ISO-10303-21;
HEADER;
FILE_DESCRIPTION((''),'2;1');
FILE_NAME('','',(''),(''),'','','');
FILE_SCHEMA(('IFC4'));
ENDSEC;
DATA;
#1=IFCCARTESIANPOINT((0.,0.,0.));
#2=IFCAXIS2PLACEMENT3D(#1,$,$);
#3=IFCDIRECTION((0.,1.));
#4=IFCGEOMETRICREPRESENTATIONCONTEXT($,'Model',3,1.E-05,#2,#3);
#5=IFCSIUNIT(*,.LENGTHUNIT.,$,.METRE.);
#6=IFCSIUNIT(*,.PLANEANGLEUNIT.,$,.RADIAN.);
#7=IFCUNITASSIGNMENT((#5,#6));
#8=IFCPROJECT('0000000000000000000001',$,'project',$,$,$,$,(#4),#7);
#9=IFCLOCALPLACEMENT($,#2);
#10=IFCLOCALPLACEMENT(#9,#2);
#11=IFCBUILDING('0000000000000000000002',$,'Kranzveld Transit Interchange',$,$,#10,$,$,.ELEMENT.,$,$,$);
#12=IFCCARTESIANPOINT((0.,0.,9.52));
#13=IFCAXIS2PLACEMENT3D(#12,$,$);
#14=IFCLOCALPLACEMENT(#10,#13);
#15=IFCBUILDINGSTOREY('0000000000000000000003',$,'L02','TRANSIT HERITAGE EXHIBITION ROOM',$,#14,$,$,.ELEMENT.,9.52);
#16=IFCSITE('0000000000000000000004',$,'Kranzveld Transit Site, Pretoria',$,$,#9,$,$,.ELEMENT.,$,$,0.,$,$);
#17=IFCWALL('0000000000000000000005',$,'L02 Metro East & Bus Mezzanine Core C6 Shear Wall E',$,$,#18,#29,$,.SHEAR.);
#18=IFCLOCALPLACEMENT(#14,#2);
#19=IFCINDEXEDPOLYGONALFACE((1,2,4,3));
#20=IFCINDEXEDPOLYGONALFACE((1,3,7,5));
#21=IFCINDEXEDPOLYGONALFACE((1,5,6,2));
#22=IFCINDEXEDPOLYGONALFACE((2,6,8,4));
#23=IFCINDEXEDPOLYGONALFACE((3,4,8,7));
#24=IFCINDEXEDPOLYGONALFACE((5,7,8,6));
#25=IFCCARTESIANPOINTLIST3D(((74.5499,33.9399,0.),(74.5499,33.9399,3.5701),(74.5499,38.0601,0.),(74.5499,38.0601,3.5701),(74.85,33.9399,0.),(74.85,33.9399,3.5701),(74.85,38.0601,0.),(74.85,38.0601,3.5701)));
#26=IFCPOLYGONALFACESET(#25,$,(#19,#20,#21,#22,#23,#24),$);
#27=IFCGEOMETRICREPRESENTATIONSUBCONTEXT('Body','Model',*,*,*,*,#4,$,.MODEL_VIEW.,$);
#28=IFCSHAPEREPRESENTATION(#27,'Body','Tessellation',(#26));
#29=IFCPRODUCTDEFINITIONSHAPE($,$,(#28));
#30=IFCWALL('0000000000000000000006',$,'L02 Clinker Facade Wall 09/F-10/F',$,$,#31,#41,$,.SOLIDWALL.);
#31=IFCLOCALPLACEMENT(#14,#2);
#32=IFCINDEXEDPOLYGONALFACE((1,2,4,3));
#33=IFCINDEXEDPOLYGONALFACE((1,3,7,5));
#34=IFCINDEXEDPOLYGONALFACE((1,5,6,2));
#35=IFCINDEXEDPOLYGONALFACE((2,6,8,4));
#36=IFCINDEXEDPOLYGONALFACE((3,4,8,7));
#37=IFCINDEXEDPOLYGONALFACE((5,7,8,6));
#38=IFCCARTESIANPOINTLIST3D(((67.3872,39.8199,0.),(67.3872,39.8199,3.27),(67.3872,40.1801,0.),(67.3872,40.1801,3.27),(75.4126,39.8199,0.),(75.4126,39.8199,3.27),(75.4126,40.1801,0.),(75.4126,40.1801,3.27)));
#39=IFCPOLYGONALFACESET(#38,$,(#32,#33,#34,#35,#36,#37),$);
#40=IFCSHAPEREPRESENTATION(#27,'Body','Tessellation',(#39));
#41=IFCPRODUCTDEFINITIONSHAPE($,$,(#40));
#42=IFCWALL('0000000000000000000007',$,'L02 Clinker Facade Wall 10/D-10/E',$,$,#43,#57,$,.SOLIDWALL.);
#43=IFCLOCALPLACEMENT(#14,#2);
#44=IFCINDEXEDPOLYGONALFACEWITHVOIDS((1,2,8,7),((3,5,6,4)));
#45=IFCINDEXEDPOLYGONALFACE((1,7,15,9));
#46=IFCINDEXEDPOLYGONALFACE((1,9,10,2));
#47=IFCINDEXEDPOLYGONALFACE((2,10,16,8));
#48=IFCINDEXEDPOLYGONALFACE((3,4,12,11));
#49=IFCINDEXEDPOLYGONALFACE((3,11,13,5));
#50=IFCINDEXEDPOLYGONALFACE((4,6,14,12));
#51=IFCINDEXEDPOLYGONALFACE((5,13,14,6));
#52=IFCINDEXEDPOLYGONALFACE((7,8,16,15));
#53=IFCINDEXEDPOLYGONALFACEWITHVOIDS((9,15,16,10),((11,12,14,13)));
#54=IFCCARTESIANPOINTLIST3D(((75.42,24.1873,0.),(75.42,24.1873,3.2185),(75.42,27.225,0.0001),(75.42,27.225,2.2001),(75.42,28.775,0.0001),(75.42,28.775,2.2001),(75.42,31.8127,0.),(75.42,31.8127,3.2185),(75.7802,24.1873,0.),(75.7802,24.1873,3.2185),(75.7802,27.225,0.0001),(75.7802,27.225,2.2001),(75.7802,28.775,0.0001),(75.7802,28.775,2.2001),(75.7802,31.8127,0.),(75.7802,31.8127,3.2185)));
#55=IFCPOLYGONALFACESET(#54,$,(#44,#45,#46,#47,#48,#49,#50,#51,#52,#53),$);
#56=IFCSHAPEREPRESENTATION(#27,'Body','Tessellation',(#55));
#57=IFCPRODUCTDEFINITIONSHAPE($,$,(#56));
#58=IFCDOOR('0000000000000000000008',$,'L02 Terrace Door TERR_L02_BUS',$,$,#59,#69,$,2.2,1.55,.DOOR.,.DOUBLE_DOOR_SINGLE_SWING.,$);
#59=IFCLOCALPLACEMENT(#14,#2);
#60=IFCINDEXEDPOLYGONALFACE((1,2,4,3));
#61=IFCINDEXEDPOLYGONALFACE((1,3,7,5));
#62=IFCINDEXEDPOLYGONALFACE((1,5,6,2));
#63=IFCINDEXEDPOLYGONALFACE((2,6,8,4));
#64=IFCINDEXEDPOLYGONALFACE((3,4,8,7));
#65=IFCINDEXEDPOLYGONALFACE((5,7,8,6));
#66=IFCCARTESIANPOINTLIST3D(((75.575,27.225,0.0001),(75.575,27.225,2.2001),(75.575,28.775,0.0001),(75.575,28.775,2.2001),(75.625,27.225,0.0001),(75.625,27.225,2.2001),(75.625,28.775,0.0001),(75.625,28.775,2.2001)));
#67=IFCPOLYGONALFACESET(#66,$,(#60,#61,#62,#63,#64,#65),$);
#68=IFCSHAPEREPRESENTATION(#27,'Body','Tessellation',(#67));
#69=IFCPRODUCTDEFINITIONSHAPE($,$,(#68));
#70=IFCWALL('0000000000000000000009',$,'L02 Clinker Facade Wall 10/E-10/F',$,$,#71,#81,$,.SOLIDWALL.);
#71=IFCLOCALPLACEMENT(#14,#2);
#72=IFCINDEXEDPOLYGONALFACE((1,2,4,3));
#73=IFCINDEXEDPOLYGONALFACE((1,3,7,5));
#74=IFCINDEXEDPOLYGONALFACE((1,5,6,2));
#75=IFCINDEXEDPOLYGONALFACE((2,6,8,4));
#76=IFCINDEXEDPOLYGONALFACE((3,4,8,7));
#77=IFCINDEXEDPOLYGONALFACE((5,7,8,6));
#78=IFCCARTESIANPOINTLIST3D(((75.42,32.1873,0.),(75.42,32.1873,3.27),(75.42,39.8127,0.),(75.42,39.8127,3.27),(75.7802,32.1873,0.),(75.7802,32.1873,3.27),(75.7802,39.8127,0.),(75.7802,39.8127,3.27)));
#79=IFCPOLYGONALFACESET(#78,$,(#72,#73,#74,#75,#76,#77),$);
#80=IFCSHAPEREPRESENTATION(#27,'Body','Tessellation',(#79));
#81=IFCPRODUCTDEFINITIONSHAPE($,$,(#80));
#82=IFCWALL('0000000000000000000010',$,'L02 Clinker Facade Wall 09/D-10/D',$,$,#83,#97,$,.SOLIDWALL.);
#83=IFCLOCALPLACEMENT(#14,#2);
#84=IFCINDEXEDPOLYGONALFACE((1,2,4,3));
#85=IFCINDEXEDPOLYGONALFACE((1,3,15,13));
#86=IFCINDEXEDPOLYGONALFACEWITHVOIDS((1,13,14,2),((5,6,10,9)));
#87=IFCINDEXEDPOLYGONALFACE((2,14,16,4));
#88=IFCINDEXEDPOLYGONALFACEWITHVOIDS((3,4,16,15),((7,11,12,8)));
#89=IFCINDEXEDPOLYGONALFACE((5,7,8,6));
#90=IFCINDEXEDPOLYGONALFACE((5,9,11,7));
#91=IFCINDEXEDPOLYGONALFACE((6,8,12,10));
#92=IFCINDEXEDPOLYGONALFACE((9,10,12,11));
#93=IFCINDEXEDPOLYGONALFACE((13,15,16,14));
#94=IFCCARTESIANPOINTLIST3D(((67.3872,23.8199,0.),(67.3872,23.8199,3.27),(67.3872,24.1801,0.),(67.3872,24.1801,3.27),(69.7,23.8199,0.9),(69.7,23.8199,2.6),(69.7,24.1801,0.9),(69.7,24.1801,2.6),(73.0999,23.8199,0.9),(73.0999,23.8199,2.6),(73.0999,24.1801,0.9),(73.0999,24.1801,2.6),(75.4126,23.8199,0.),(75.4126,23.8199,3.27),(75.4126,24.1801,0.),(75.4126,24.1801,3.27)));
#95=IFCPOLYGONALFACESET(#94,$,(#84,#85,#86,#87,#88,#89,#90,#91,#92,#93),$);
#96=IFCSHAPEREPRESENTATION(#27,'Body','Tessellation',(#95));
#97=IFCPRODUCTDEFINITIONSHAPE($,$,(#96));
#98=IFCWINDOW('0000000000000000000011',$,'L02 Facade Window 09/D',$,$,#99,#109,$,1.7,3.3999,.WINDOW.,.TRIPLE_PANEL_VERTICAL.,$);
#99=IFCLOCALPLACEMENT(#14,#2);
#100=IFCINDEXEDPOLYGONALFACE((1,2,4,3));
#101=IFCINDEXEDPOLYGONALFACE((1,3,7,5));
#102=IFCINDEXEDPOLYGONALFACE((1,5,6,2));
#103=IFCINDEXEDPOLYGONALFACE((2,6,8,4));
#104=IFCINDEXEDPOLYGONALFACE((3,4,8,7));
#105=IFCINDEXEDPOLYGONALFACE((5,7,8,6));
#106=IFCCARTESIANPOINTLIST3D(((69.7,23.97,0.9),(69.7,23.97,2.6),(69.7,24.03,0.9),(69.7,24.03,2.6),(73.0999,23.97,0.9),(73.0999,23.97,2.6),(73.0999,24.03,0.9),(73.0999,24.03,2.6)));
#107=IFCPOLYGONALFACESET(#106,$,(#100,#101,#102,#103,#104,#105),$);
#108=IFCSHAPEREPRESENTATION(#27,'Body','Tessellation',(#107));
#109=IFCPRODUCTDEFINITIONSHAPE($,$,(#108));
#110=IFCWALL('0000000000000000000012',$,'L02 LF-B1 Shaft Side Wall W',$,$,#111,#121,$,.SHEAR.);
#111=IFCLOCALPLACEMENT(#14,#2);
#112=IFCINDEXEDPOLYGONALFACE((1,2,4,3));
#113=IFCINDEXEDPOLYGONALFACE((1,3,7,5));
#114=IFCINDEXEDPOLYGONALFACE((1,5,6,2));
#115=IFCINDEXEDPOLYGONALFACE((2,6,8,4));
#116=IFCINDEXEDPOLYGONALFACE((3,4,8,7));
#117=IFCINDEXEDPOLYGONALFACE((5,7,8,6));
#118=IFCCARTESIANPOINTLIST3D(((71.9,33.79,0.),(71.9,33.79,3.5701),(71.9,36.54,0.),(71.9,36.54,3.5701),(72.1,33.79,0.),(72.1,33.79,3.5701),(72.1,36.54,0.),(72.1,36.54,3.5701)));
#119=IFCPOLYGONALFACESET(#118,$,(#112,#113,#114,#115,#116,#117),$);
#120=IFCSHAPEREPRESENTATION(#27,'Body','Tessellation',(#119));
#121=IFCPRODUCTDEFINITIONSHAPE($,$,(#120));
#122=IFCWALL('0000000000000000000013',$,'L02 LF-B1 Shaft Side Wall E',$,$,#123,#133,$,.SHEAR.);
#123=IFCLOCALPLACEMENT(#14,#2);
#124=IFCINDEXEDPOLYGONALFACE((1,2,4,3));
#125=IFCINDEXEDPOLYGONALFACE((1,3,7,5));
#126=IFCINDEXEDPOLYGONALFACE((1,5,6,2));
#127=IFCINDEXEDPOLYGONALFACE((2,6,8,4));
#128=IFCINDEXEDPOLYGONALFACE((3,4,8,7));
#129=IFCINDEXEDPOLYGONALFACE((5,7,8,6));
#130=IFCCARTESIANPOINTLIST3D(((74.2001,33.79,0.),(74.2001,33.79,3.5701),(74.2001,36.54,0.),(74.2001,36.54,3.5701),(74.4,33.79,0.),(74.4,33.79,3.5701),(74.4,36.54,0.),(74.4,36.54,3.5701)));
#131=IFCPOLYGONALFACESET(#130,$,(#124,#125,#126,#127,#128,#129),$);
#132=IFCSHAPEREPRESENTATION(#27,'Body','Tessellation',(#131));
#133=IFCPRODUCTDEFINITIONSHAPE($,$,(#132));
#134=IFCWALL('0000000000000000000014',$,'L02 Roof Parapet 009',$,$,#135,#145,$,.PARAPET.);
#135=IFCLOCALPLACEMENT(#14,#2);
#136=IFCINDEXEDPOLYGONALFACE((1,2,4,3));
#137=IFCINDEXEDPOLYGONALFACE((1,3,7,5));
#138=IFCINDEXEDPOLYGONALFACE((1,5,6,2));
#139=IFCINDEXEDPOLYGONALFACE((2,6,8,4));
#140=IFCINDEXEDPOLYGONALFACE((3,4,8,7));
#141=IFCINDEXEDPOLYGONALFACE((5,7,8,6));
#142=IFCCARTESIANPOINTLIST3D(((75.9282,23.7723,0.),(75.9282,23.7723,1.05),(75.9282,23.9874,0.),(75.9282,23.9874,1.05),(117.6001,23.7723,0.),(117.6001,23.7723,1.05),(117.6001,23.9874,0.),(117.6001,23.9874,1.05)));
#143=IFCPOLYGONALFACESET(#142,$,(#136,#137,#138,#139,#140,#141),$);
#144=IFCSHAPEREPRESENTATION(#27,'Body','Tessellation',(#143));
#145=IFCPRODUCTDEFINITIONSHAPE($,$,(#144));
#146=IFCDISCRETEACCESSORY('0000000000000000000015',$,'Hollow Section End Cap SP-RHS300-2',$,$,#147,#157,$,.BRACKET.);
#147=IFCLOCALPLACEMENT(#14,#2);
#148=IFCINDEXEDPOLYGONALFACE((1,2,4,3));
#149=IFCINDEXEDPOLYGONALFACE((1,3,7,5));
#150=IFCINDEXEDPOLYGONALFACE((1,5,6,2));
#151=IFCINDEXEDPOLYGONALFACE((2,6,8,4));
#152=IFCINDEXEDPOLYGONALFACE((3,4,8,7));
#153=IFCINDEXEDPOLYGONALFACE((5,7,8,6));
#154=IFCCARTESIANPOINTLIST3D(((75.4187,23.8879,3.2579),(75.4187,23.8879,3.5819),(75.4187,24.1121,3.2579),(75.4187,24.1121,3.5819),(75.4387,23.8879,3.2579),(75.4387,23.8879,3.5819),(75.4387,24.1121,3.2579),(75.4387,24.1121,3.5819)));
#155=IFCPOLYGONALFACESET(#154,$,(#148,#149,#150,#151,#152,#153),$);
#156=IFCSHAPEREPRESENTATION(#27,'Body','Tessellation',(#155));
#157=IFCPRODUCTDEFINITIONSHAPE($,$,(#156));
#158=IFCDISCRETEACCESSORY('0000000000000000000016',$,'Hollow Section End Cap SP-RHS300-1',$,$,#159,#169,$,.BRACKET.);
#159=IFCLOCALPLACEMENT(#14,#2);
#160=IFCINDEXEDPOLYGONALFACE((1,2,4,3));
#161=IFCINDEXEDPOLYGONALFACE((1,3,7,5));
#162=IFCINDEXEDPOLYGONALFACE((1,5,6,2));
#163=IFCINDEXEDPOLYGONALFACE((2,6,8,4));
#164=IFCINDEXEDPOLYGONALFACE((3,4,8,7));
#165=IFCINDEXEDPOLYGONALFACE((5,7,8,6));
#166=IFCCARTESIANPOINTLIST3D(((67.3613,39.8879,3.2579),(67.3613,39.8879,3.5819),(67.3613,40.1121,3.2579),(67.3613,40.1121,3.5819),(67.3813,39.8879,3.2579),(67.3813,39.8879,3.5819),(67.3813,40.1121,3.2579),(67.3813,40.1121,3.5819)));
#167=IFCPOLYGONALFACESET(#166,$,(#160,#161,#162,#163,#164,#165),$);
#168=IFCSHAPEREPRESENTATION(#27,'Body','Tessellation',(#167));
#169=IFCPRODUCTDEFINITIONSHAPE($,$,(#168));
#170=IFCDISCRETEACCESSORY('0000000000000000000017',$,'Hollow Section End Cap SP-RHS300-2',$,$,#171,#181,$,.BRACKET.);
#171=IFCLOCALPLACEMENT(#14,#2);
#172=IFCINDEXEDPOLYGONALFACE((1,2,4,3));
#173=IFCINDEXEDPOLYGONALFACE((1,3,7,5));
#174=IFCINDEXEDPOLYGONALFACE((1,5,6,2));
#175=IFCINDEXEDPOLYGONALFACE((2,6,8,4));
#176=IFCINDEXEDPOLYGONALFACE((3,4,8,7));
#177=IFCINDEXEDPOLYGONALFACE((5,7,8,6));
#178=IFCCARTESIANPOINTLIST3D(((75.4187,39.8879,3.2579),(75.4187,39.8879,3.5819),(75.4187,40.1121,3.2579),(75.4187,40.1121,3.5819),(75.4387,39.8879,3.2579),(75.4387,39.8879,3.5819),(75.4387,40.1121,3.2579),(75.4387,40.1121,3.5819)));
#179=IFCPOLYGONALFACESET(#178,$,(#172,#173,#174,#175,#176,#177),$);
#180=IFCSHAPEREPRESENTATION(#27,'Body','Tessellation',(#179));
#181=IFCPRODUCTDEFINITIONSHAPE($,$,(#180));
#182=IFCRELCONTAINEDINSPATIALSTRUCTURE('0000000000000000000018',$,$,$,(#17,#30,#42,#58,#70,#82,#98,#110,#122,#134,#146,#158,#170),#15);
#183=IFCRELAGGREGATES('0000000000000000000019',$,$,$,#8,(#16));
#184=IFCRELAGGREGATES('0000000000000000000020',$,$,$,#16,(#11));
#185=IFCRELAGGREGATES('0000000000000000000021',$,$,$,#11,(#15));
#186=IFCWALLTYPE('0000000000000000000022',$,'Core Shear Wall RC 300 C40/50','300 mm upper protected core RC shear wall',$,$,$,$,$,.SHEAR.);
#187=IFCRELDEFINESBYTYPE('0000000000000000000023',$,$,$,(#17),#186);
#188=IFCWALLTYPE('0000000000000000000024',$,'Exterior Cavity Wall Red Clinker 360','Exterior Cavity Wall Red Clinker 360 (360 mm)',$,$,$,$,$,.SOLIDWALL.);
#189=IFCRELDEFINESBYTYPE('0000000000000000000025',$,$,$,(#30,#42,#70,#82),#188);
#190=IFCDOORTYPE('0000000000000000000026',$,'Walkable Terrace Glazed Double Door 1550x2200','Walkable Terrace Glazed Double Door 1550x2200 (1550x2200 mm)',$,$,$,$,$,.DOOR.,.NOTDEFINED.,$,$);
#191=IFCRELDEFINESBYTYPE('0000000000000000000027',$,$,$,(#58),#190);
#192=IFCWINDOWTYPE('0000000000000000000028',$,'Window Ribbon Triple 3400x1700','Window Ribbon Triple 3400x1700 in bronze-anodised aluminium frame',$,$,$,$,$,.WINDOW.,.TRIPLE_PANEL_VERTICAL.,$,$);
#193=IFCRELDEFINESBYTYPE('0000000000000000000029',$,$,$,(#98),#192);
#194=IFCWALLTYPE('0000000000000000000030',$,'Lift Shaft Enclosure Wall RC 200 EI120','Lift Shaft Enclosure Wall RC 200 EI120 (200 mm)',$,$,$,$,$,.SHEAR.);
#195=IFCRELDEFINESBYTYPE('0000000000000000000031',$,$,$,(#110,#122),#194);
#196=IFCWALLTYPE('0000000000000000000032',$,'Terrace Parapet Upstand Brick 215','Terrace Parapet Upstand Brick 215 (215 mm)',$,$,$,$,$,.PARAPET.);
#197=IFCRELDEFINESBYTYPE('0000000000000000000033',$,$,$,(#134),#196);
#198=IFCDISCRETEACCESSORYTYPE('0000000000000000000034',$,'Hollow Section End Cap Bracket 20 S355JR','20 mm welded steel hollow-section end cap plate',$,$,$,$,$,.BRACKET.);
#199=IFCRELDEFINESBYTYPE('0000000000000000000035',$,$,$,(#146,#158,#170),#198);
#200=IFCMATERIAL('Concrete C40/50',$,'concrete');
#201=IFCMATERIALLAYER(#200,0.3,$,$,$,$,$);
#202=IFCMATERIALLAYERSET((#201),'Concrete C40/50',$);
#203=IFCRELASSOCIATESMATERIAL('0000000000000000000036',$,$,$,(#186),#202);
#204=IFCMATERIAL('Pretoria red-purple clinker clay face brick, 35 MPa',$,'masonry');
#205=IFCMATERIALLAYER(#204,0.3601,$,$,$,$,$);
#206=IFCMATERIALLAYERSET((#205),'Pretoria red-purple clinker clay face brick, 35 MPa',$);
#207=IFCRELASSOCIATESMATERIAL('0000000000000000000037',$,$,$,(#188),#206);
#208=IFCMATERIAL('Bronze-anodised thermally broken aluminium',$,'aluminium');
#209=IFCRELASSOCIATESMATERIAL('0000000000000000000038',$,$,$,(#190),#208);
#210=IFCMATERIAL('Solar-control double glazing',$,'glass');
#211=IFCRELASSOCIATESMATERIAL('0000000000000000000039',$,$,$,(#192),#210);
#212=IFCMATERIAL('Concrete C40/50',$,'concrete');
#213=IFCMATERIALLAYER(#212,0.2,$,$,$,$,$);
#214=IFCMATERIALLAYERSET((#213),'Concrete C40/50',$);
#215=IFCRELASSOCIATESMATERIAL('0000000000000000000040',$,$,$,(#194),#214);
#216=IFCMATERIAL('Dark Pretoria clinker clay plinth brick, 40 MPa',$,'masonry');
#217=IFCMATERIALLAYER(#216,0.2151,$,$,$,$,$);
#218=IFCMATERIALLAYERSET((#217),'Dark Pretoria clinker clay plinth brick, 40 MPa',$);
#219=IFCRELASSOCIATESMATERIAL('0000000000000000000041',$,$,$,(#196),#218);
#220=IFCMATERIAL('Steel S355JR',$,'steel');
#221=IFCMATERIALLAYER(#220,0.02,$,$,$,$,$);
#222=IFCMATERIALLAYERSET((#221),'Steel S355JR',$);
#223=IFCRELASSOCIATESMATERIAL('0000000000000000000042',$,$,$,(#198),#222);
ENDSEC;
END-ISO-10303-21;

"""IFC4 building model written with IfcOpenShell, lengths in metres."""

from ifc_helpers import new_model, si_unit, direction, frame, frame_2d, origin, origin_2d, place, context, subcontext, project, spatial, rectangle, extrude, material, layer, layer_set, type_object, element, fill, save


model = new_model("IFC4")

# Units and contexts
model_context = context("Model", 3, precision=1e-05, world=origin(), true_north=direction((0.0, 1.0)))
body_context = subcontext(model_context, "Body", "Model", "MODEL_VIEW")
ifc_project = project(units=[si_unit("LENGTHUNIT", "METRE"), si_unit("PLANEANGLEUNIT", "RADIAN")], contexts=[model_context])

# Site, building, storey
site_placement = place(None, origin())
site = spatial("IfcSite", under=ifc_project, at=site_placement, Name="Kranzveld Transit Site, Pretoria", CompositionType="ELEMENT", RefElevation=0.0)
building_placement = place(site_placement, origin())
building = spatial("IfcBuilding", under=site, at=building_placement, Name="Kranzveld Transit Interchange", CompositionType="ELEMENT")
storey_placement = place(building_placement, frame((0.0, 0.0, 9.52)))
storey = spatial("IfcBuildingStorey", under=building, at=storey_placement, Name="L02", Description="TRANSIT HERITAGE EXHIBITION ROOM", CompositionType="ELEMENT", Elevation=9.52)

# Walls
ifc_material_1 = material(Name="Concrete C40/50", Category="concrete")
ifc_layer_1 = layer(ifc_material_1, 0.3)
ifc_layer_set_1 = layer_set([ifc_layer_1], Name="Concrete C40/50")
wall_type_1 = type_object("IfcWallType", Name="Core Shear Wall RC 300 C40/50", Description="300 mm upper protected core RC shear wall", PredefinedType="SHEAR", material=ifc_layer_set_1)
wall_1_placement = place(storey_placement, frame((74.7, 33.9399, 0.0), z_axis=(0.0, 0.0, 1.0), x_axis=(0.0, 1.0, 0.0)))
element("IfcWall", 1, at=wall_1_placement, inside=storey, type_object=wall_type_1, Name="L02 Metro East & Bus Mezzanine Core C6 Shear Wall E", PredefinedType="SHEAR", context=body_context, shape_type="SweptSolid", body=[
    extrude(rectangle(XDim=4.1201, YDim=0.3, at=frame_2d((2.0601, 0.0))), origin(), (0.0, 0.0, 1.0), 3.5701),
])
ifc_material_2 = material(Name="Pretoria red-purple clinker clay face brick, 35 MPa", Category="masonry")
ifc_layer_2 = layer(ifc_material_2, 0.3601)
ifc_layer_set_2 = layer_set([ifc_layer_2], Name="Pretoria red-purple clinker clay face brick, 35 MPa")
wall_type_2 = type_object("IfcWallType", Name="Exterior Cavity Wall Red Clinker 360", Description="Exterior Cavity Wall Red Clinker 360 (360 mm)", PredefinedType="SOLIDWALL", material=ifc_layer_set_2)
wall_2_placement = place(storey_placement, frame((67.3872, 40.0, 0.0), z_axis=(0.0, 0.0, 1.0), x_axis=(1.0, 0.0, 0.0)))
element("IfcWall", 2, at=wall_2_placement, inside=storey, type_object=wall_type_2, Name="L02 Clinker Facade Wall 09/F-10/F", PredefinedType="SOLIDWALL", context=body_context, shape_type="SweptSolid", body=[
    extrude(rectangle(XDim=8.0254, YDim=0.3601, at=frame_2d((4.0127, 0.0))), origin(), (0.0, 0.0, 1.0), 3.27),
])

# Wall, opening, door
wall_3_placement = place(storey_placement, frame((75.6001, 24.1873, 0.0), z_axis=(0.0, 0.0, 1.0), x_axis=(0.0, 1.0, 0.0)))
wall_3 = element("IfcWall", 3, at=wall_3_placement, inside=storey, type_object=wall_type_2, Name="L02 Clinker Facade Wall 10/D-10/E", PredefinedType="SOLIDWALL", context=body_context, shape_type="SweptSolid", body=[
    extrude(rectangle(XDim=7.6255, YDim=0.3601, at=frame_2d((3.8127, 0.0))), origin(), (0.0, 0.0, 1.0), 3.2185),
])
opening_1_placement = place(wall_3_placement, frame((4.5876, 0.0, 0.0), z_axis=(0.0, 0.0, 1.0), x_axis=(-1.0, 0.0, 0.0)))
opening_1 = element("IfcOpeningElement", 4, at=opening_1_placement, cuts=wall_3, PredefinedType="OPENING", context=body_context, shape_type="SweptSolid", body=[
    extrude(rectangle(XDim=1.55, YDim=2.2, at=frame_2d((0.7749, 1.1001))), frame((0.0, 0.1899, 0.0), z_axis=(0.0, -1.0, 0.0), x_axis=(1.0, 0.0, 0.0)), (0.0, 0.0, 1.0), 0.3801),
])
ifc_material_3 = material(Name="Bronze-anodised thermally broken aluminium", Category="aluminium")
door_type_1 = type_object("IfcDoorType", Name="Walkable Terrace Glazed Double Door 1550x2200", Description="Walkable Terrace Glazed Double Door 1550x2200 (1550x2200 mm)", OperationType="NOTDEFINED", PredefinedType="DOOR", material=ifc_material_3)
door_1_placement = place(opening_1_placement, origin())
door_1 = element("IfcDoor", 5, at=door_1_placement, inside=storey, type_object=door_type_1, Name="L02 Terrace Door TERR_L02_BUS", OperationType="DOUBLE_DOOR_SINGLE_SWING", OverallHeight=2.2, OverallWidth=1.55, PredefinedType="DOOR", context=body_context, shape_type="SweptSolid", body=[
    extrude(rectangle(XDim=1.55, YDim=2.2, at=frame_2d((0.7749, 1.1001))), frame((0.0, 0.0249, 0.0), z_axis=(0.0, -1.0, 0.0), x_axis=(1.0, 0.0, 0.0)), (0.0, 0.0, 1.0), 0.05),
])
fill(opening_1, door_1)

# Wall
wall_4_placement = place(storey_placement, frame((75.6001, 32.1873, 0.0), z_axis=(0.0, 0.0, 1.0), x_axis=(0.0, 1.0, 0.0)))
element("IfcWall", 6, at=wall_4_placement, inside=storey, type_object=wall_type_2, Name="L02 Clinker Facade Wall 10/E-10/F", PredefinedType="SOLIDWALL", context=body_context, shape_type="SweptSolid", body=[
    extrude(rectangle(XDim=7.6255, YDim=0.3601, at=frame_2d((3.8127, 0.0))), origin(), (0.0, 0.0, 1.0), 3.27),
])

# Wall, opening, window
wall_5_placement = place(storey_placement, frame((67.3872, 24.0, 0.0), z_axis=(0.0, 0.0, 1.0), x_axis=(1.0, 0.0, 0.0)))
wall_5 = element("IfcWall", 7, at=wall_5_placement, inside=storey, type_object=wall_type_2, Name="L02 Clinker Facade Wall 09/D-10/D", PredefinedType="SOLIDWALL", context=body_context, shape_type="SweptSolid", body=[
    extrude(rectangle(XDim=8.0254, YDim=0.3601, at=frame_2d((4.0127, 0.0))), origin(), (0.0, 0.0, 1.0), 3.27),
])
opening_2_placement = place(wall_5_placement, frame((2.3127, 0.0, 0.8999), z_axis=(0.0, 0.0, 1.0), x_axis=(1.0, 0.0, 0.0)))
opening_2 = element("IfcOpeningElement", 8, at=opening_2_placement, cuts=wall_5, PredefinedType="OPENING", context=body_context, shape_type="SweptSolid", body=[
    extrude(rectangle(XDim=3.3999, YDim=1.7, at=frame_2d((1.7, 0.8501))), frame((0.0, 0.1899, 0.0), z_axis=(0.0, -1.0, 0.0), x_axis=(1.0, 0.0, 0.0)), (0.0, 0.0, 1.0), 0.3801),
])
ifc_material_4 = material(Name="Solar-control double glazing", Category="glass")
window_type = type_object("IfcWindowType", Name="Window Ribbon Triple 3400x1700", Description="Window Ribbon Triple 3400x1700 in bronze-anodised aluminium frame", PartitioningType="TRIPLE_PANEL_VERTICAL", PredefinedType="WINDOW", material=ifc_material_4)
window_placement = place(opening_2_placement, origin())
window = element("IfcWindow", 9, at=window_placement, inside=storey, type_object=window_type, Name="L02 Facade Window 09/D", OverallHeight=1.7, OverallWidth=3.3999, PartitioningType="TRIPLE_PANEL_VERTICAL", PredefinedType="WINDOW", context=body_context, shape_type="SweptSolid", body=[
    extrude(rectangle(XDim=3.3999, YDim=1.7, at=frame_2d((1.7, 0.8501))), frame((0.0, 0.03, 0.0), z_axis=(0.0, -1.0, 0.0), x_axis=(1.0, 0.0, 0.0)), (0.0, 0.0, 1.0), 0.0601),
])
fill(opening_2, window)

# Shared definitions
ifc_material_5 = material(Name="Concrete C40/50", Category="concrete")
ifc_layer_3 = layer(ifc_material_5, 0.2)
ifc_layer_set_3 = layer_set([ifc_layer_3], Name="Concrete C40/50")
wall_type_3 = type_object("IfcWallType", Name="Lift Shaft Enclosure Wall RC 200 EI120", Description="Lift Shaft Enclosure Wall RC 200 EI120 (200 mm)", PredefinedType="SHEAR", material=ifc_layer_set_3)

# Walls
for number, where, z_axis, x_axis, name in (
    (10, (72.0, 33.79, 0.0), (0.0, 0.0, 1.0), (0.0, 1.0, 0.0), "L02 LF-B1 Shaft Side Wall W"),
    (11, (74.3, 33.79, 0.0), (0.0, 0.0, 1.0), (0.0, 1.0, 0.0), "L02 LF-B1 Shaft Side Wall E"),
):
    element("IfcWall", number, at=place(storey_placement, frame(where, z_axis=z_axis, x_axis=x_axis)), inside=storey, type_object=wall_type_3, Name=name, PredefinedType="SHEAR", context=body_context, shape_type="SweptSolid", body=[
        extrude(rectangle(XDim=2.75, YDim=0.2, at=frame_2d((1.375, 0.0))), origin(), (0.0, 0.0, 1.0), 3.5701),
    ])
ifc_material_6 = material(Name="Dark Pretoria clinker clay plinth brick, 40 MPa", Category="masonry")
ifc_layer_4 = layer(ifc_material_6, 0.2151)
ifc_layer_set_4 = layer_set([ifc_layer_4], Name="Dark Pretoria clinker clay plinth brick, 40 MPa")
wall_type_4 = type_object("IfcWallType", Name="Terrace Parapet Upstand Brick 215", Description="Terrace Parapet Upstand Brick 215 (215 mm)", PredefinedType="PARAPET", material=ifc_layer_set_4)
wall_6_placement = place(storey_placement, frame((75.9282, 23.8799, 0.0), z_axis=(0.0, 0.0, 1.0), x_axis=(1.0, 0.0, 0.0)))
element("IfcWall", 12, at=wall_6_placement, inside=storey, type_object=wall_type_4, Name="L02 Roof Parapet 009", PredefinedType="PARAPET", context=body_context, shape_type="SweptSolid", body=[
    extrude(rectangle(XDim=41.6719, YDim=0.2151, at=frame_2d((20.8359, 0.0))), origin(), (0.0, 0.0, 1.0), 1.05),
])

# Discrete accessories
ifc_material_7 = material(Name="Steel S355JR", Category="steel")
ifc_layer_5 = layer(ifc_material_7, 0.02)
ifc_layer_set_5 = layer_set([ifc_layer_5], Name="Steel S355JR")
discrete_accessory_type = type_object("IfcDiscreteAccessoryType", Name="Hollow Section End Cap Bracket 20 S355JR", Description="20 mm welded steel hollow-section end cap plate", PredefinedType="BRACKET", material=ifc_layer_set_5)
for number, where, z_axis, x_axis, name in (
    (13, (75.4187, 24.0, 3.4199), (1.0, 0.0, 0.0), (0.0, 1.0, 0.0), "Hollow Section End Cap SP-RHS300-2"),
    (14, (67.3813, 40.0, 3.4199), (-1.0, 0.0, 0.0), (0.0, -1.0, 0.0), "Hollow Section End Cap SP-RHS300-1"),
    (15, (75.4187, 40.0, 3.4199), (1.0, 0.0, 0.0), (0.0, 1.0, 0.0), "Hollow Section End Cap SP-RHS300-2"),
):
    element("IfcDiscreteAccessory", number, at=place(storey_placement, frame(where, z_axis=z_axis, x_axis=x_axis)), inside=storey, type_object=discrete_accessory_type, Name=name, PredefinedType="BRACKET", context=body_context, shape_type="SweptSolid", body=[
        extrude(rectangle(XDim=0.2241, YDim=0.324, at=origin_2d()), origin(), (0.0, 0.0, 1.0), 0.02),
    ])

save(model, "model.ifc")
